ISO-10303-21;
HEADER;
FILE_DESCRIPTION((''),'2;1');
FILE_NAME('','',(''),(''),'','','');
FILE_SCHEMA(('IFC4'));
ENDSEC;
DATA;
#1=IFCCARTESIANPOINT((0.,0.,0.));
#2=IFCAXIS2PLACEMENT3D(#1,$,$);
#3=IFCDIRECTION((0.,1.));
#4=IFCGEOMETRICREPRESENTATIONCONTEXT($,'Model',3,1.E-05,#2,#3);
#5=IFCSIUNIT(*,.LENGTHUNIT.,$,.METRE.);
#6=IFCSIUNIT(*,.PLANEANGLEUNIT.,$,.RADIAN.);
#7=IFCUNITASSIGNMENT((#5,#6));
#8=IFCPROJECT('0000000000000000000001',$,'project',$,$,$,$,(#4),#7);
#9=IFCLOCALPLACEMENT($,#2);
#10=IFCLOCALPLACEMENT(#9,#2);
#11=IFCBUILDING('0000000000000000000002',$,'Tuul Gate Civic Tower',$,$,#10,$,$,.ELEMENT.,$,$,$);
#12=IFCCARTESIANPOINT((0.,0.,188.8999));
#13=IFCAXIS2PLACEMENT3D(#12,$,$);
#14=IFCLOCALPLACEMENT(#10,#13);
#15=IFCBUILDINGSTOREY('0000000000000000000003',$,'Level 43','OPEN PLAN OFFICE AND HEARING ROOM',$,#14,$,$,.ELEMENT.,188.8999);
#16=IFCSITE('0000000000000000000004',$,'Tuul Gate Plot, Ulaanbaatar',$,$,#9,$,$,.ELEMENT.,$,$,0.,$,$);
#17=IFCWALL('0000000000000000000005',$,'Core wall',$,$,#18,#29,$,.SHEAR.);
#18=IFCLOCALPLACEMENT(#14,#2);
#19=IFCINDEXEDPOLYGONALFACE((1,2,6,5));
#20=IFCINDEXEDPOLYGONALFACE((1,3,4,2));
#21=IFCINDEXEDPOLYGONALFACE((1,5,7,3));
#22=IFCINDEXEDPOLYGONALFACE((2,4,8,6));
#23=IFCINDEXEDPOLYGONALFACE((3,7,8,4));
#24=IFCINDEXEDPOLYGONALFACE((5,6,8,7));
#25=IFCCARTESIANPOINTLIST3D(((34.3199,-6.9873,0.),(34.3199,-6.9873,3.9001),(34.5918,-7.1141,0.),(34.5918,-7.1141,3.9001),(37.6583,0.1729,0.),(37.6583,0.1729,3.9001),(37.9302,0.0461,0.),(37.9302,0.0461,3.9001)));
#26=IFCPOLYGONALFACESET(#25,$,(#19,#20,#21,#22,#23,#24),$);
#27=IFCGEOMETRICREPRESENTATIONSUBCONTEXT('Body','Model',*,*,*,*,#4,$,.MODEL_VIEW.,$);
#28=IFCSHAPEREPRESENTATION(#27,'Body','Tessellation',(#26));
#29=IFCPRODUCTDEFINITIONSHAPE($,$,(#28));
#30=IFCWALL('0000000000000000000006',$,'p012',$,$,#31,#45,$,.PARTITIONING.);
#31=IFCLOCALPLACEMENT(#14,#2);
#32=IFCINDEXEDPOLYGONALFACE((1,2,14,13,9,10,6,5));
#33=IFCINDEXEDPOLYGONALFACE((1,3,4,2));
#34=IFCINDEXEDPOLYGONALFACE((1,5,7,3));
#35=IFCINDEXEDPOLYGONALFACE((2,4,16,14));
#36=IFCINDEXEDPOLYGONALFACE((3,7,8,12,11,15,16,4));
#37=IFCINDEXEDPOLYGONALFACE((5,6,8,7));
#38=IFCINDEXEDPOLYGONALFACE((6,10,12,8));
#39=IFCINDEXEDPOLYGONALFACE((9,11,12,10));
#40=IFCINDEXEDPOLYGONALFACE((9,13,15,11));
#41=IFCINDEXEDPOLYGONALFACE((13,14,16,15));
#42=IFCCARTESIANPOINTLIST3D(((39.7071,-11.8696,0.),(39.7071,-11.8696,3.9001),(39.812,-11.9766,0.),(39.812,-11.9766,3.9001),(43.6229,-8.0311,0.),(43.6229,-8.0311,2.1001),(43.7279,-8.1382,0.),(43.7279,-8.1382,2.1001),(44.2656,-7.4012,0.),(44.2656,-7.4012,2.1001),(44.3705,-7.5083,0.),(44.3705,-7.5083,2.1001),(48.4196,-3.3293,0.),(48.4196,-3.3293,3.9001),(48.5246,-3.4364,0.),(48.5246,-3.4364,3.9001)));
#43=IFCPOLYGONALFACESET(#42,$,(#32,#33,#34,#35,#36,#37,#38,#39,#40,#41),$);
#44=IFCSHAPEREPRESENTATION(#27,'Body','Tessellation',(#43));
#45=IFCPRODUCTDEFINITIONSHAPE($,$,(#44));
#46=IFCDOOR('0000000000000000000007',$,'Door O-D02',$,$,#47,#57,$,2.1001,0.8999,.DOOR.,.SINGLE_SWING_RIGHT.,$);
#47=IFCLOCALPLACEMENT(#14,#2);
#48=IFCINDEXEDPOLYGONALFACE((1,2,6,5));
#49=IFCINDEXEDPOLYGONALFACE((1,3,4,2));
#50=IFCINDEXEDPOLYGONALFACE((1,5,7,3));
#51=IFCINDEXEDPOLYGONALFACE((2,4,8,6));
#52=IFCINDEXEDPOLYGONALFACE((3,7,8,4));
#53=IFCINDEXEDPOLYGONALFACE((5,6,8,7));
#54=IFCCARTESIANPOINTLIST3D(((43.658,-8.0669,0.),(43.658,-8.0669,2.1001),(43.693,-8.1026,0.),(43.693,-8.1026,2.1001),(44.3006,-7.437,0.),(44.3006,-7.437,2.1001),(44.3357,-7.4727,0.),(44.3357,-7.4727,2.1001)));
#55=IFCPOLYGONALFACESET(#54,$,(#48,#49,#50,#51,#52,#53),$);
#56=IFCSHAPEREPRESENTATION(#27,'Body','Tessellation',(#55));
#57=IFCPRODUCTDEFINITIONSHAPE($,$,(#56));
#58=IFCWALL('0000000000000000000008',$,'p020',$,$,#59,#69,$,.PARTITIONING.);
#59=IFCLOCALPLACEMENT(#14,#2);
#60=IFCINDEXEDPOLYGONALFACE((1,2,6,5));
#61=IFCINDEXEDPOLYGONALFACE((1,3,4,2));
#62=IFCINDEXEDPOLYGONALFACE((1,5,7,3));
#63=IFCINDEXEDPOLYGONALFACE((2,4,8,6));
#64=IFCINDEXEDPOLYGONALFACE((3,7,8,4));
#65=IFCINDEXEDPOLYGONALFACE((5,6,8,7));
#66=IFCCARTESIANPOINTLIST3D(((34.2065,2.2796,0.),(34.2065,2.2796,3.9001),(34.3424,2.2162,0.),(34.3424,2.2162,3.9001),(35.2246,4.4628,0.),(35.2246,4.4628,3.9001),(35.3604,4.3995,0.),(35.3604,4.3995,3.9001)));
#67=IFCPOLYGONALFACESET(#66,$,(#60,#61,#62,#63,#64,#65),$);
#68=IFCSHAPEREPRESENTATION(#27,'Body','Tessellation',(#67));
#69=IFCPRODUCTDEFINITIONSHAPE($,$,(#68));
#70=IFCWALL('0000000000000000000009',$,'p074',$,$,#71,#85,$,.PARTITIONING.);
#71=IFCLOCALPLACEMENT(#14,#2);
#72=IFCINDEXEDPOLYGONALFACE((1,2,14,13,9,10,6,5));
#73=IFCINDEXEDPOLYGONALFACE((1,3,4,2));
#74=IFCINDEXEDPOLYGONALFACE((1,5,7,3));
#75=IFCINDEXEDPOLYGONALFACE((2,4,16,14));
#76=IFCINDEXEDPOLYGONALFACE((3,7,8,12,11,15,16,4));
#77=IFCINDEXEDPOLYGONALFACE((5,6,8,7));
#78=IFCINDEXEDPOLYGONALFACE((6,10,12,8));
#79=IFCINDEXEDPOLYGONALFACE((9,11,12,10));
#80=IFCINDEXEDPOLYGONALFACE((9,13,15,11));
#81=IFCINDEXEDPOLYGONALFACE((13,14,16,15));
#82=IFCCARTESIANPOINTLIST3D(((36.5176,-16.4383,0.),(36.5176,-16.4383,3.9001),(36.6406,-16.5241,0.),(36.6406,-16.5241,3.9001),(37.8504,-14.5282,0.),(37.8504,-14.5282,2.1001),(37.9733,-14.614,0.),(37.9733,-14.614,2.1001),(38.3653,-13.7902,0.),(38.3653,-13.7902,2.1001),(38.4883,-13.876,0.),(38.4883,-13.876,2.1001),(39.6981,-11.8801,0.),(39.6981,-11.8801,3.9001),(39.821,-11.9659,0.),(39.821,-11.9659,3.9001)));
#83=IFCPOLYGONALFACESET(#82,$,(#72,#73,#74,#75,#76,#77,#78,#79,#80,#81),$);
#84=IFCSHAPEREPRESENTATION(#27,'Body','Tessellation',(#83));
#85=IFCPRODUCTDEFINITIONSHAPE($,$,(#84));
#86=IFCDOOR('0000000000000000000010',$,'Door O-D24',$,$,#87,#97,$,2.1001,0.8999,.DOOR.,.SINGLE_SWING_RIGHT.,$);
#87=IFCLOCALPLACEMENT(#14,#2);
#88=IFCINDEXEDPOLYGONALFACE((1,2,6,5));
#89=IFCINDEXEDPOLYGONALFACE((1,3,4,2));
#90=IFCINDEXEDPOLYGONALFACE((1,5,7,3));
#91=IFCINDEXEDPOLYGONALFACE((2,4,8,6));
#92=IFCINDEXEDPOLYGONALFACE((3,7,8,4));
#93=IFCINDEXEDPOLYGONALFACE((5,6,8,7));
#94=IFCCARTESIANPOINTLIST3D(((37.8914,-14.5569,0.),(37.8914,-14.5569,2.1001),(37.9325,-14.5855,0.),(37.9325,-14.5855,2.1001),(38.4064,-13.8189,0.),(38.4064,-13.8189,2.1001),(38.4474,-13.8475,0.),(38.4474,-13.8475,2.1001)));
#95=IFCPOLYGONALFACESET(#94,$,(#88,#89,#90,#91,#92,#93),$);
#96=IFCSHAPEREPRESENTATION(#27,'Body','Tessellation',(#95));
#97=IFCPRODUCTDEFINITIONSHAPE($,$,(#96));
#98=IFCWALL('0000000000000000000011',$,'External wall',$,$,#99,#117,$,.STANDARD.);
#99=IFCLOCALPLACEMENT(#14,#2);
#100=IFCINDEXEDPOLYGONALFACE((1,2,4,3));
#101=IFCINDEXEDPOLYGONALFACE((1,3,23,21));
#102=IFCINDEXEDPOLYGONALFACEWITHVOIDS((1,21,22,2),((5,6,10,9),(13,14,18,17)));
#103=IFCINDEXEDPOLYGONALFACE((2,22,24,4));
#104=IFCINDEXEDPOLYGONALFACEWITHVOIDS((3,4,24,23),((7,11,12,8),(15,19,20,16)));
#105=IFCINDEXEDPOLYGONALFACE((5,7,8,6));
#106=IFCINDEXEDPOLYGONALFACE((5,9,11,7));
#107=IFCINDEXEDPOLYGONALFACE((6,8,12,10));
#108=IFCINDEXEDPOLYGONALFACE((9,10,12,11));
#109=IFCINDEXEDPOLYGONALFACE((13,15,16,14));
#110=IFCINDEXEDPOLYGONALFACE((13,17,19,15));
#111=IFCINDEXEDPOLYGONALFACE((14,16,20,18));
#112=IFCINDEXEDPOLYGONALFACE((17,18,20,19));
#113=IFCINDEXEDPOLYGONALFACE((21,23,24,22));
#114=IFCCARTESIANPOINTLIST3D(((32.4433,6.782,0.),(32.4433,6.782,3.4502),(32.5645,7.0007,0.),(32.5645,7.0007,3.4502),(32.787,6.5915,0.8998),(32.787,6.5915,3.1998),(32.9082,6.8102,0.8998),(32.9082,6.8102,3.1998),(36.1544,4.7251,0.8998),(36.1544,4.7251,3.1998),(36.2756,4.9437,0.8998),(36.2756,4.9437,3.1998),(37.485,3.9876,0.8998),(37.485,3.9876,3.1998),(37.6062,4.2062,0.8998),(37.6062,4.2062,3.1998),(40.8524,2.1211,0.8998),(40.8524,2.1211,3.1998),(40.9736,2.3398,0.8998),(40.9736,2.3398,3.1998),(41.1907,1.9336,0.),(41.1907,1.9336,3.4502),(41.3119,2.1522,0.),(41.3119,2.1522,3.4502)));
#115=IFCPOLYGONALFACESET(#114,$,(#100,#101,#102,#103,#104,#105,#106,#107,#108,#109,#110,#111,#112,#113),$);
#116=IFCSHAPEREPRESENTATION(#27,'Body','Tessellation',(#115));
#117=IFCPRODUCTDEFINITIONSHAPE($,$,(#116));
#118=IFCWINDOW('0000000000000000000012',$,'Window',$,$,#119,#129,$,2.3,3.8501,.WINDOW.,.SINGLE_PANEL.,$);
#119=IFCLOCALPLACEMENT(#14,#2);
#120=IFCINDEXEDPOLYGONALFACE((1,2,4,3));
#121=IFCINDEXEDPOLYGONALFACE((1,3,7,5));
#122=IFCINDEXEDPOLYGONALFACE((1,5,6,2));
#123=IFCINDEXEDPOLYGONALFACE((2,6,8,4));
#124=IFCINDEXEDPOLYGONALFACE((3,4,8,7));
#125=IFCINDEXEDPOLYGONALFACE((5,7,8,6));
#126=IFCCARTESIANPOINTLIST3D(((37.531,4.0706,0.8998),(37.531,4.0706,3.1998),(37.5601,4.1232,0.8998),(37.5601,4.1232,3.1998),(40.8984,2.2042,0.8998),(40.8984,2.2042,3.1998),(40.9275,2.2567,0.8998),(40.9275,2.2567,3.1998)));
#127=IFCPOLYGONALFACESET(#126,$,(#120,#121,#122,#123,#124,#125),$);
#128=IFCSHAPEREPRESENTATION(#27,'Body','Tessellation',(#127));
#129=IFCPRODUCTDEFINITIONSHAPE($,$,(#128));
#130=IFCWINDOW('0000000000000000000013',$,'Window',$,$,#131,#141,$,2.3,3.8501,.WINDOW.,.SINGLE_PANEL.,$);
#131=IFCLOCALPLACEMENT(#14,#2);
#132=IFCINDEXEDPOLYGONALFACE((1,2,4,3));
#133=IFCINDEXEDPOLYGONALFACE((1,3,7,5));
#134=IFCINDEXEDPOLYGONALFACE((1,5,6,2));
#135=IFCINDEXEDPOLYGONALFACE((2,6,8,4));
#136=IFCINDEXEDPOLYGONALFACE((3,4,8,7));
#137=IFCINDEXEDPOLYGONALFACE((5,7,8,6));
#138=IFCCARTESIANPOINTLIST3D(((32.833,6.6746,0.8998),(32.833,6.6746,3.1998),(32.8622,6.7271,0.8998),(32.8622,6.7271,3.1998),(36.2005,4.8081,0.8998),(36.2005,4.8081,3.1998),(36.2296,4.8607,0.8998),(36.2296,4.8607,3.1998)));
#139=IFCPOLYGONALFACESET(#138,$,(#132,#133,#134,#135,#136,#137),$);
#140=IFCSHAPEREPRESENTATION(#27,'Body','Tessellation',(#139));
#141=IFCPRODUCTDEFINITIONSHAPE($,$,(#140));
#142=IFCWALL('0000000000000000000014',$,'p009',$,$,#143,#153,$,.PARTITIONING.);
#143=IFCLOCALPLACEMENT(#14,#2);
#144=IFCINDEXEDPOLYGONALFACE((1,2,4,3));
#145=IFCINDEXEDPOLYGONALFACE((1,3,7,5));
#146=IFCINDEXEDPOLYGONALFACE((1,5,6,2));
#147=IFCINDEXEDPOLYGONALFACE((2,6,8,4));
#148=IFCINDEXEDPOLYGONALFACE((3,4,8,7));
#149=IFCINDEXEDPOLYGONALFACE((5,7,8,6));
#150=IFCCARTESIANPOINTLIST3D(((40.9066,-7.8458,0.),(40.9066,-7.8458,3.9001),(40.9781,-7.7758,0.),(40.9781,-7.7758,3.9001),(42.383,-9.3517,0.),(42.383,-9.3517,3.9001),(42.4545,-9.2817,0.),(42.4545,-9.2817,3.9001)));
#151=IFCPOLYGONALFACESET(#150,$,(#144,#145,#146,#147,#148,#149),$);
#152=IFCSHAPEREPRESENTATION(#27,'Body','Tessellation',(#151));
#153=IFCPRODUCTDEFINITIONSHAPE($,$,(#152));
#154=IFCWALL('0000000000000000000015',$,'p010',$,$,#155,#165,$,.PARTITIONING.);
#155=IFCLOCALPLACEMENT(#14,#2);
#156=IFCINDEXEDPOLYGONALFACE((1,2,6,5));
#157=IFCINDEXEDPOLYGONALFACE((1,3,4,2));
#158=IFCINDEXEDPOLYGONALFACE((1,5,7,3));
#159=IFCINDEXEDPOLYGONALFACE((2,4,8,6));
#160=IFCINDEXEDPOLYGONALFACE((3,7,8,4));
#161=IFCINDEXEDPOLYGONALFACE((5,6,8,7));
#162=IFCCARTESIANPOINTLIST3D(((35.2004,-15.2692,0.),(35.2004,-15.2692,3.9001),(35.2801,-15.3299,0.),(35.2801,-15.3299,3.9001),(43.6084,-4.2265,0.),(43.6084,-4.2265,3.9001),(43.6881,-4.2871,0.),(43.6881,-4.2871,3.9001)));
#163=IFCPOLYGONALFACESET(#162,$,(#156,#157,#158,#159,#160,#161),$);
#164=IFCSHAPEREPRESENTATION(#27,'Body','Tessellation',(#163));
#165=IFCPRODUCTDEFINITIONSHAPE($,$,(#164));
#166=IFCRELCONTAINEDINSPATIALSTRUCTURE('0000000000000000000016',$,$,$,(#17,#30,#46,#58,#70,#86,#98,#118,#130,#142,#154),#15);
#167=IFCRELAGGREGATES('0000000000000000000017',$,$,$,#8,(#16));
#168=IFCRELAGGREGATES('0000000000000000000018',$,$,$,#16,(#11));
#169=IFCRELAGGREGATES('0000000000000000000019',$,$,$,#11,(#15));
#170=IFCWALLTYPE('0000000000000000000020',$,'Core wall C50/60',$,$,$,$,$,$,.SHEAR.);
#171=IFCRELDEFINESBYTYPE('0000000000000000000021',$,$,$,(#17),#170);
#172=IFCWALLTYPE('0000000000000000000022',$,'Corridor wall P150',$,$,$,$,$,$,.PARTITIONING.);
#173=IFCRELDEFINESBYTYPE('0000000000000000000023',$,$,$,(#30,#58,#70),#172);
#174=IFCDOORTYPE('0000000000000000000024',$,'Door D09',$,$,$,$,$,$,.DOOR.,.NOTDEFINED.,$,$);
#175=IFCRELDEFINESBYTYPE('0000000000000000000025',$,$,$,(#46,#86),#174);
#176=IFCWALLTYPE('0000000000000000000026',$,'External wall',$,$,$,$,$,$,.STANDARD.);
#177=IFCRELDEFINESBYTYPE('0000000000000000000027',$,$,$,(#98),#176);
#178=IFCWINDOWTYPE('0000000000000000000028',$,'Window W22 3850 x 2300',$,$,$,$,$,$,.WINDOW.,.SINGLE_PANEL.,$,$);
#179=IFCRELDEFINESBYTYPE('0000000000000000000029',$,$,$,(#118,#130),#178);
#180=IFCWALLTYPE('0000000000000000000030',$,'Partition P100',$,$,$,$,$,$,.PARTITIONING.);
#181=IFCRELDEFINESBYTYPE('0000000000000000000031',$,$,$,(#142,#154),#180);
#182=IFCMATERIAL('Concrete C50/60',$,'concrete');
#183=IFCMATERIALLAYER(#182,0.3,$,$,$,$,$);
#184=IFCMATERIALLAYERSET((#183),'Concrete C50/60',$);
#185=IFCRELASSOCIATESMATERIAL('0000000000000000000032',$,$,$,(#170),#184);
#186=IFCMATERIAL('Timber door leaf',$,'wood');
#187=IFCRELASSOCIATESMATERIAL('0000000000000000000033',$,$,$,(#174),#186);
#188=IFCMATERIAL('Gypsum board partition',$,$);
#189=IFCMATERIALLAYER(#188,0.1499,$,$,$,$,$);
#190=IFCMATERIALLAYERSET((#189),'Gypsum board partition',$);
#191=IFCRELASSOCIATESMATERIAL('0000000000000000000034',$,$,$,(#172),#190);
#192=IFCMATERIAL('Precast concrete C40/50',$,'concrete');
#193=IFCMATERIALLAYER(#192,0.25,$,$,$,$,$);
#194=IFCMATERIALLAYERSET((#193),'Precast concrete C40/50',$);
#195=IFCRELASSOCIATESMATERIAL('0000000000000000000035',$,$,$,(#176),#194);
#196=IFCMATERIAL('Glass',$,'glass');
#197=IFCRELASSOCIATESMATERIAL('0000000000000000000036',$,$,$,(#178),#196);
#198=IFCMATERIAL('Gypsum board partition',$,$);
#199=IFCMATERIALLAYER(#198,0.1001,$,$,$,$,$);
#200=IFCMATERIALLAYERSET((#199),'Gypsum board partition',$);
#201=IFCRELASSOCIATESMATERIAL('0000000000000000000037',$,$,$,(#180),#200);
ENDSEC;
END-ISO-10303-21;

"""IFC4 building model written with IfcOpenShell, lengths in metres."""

from ifc_helpers import new_model, si_unit, direction, frame, frame_2d, origin, place, context, subcontext, project, spatial, rectangle, extrude, material, layer, layer_set, type_object, element, fill, save


model = new_model("IFC4")

# Units and contexts
model_context = context("Model", 3, precision=1e-05, world=origin(), true_north=direction((0.0, 1.0)))
body_context = subcontext(model_context, "Body", "Model", "MODEL_VIEW")
ifc_project = project(units=[si_unit("LENGTHUNIT", "METRE"), si_unit("PLANEANGLEUNIT", "RADIAN")], contexts=[model_context])

# Site, building, storey
site_placement = place(None, origin())
site = spatial("IfcSite", under=ifc_project, at=site_placement, Name="Tuul Gate Plot, Ulaanbaatar", CompositionType="ELEMENT", RefElevation=0.0)
building_placement = place(site_placement, origin())
building = spatial("IfcBuilding", under=site, at=building_placement, Name="Tuul Gate Civic Tower", CompositionType="ELEMENT")
storey_placement = place(building_placement, frame((0.0, 0.0, 188.8999)))
storey = spatial("IfcBuildingStorey", under=building, at=storey_placement, Name="Level 43", Description="OPEN PLAN OFFICE AND HEARING ROOM", CompositionType="ELEMENT", Elevation=188.8999)

# Shared definitions
ifc_material_1 = material(Name="Concrete C50/60", Category="concrete")
ifc_layer_1 = layer(ifc_material_1, 0.3)
ifc_layer_set_1 = layer_set([ifc_layer_1], Name="Concrete C50/60")
wall_type_1 = type_object("IfcWallType", Name="Core wall C50/60", PredefinedType="SHEAR", material=ifc_layer_set_1)

# Shared definitions
ifc_material_2 = material(Name="Timber door leaf", Category="wood")
door_type_1 = type_object("IfcDoorType", Name="Door D09", OperationType="NOTDEFINED", PredefinedType="DOOR", material=ifc_material_2)

# Wall
wall_1_placement = place(storey_placement, frame((34.4558, -7.0508, 0.0), z_axis=(0.0, 0.0, 1.0), x_axis=(0.422571, 0.90633, 0.0)))
element("IfcWall", 1, at=wall_1_placement, inside=storey, type_object=wall_type_1, Name="Core wall", PredefinedType="SHEAR", context=body_context, shape_type="SweptSolid", body=[
    extrude(rectangle(XDim=7.9001, YDim=0.3, at=frame_2d((3.9502, 0.0))), origin(), (0.0, 0.0, 1.0), 3.9001),
])

# Wall, opening, door
ifc_material_3 = material(Name="Gypsum board partition")
ifc_layer_2 = layer(ifc_material_3, 0.1499)
ifc_layer_set_2 = layer_set([ifc_layer_2], Name="Gypsum board partition")
wall_type_2 = type_object("IfcWallType", Name="Corridor wall P150", PredefinedType="PARTITIONING", material=ifc_layer_set_2)
wall_2_placement = place(storey_placement, frame((39.7595, -11.9231, 0.0), z_axis=(0.0, 0.0, 1.0), x_axis=(0.714135, 0.700008, 0.0)))
wall_2 = element("IfcWall", 2, at=wall_2_placement, inside=storey, type_object=wall_type_2, Name="p012", PredefinedType="PARTITIONING", context=body_context, shape_type="SweptSolid", body=[
    extrude(rectangle(XDim=12.2002, YDim=0.1499, at=frame_2d((6.1001, 0.0))), origin(), (0.0, 0.0, 1.0), 3.9001),
])
opening_1_placement = place(wall_2_placement, frame((5.4834, 0.0, 0.0)))
opening_1 = element("IfcOpeningElement", 3, at=opening_1_placement, cuts=wall_2, PredefinedType="OPENING", context=body_context, shape_type="SweptSolid", body=[
    extrude(rectangle(XDim=0.8999, YDim=2.1001, at=frame_2d((0.45, 1.05))), frame((0.0, 0.085, 0.0), z_axis=(0.0, -1.0, 0.0), x_axis=(1.0, 0.0, 0.0)), (0.0, 0.0, 1.0), 0.1699),
])
door_1_placement = place(opening_1_placement, origin())
door_1 = element("IfcDoor", 4, at=door_1_placement, inside=storey, type_object=door_type_1, Name="Door O-D02", OperationType="SINGLE_SWING_RIGHT", OverallHeight=2.1001, OverallWidth=0.8999, PredefinedType="DOOR", context=body_context, shape_type="SweptSolid", body=[
    extrude(rectangle(XDim=0.8999, YDim=2.1001, at=frame_2d((0.45, 1.05))), frame((0.0, 0.0249, 0.0), z_axis=(0.0, -1.0, 0.0), x_axis=(1.0, 0.0, 0.0)), (0.0, 0.0, 1.0), 0.05),
])
fill(opening_1, door_1)

# Wall
wall_3_placement = place(storey_placement, frame((34.2744, 2.2478, 0.0), z_axis=(0.0, 0.0, 1.0), x_axis=(0.422602, 0.906315, 0.0)))
element("IfcWall", 5, at=wall_3_placement, inside=storey, type_object=wall_type_2, Name="p020", PredefinedType="PARTITIONING", context=body_context, shape_type="SweptSolid", body=[
    extrude(rectangle(XDim=2.4089, YDim=0.1499, at=frame_2d((1.2046, 0.0))), origin(), (0.0, 0.0, 1.0), 3.9001),
])

# Wall, opening, door
wall_4_placement = place(storey_placement, frame((36.5791, -16.4812, 0.0), z_axis=(0.0, 0.0, 1.0), x_axis=(0.572224, 0.820098, 0.0)))
wall_4 = element("IfcWall", 6, at=wall_4_placement, inside=storey, type_object=wall_type_2, Name="p074", PredefinedType="PARTITIONING", context=body_context, shape_type="SweptSolid", body=[
    extrude(rectangle(XDim=5.5581, YDim=0.1499, at=frame_2d((2.7791, 0.0))), origin(), (0.0, 0.0, 1.0), 3.9001),
])
opening_2_placement = place(wall_4_placement, frame((2.3291, 0.0, 0.0)))
opening_2 = element("IfcOpeningElement", 7, at=opening_2_placement, cuts=wall_4, PredefinedType="OPENING", context=body_context, shape_type="SweptSolid", body=[
    extrude(rectangle(XDim=0.8999, YDim=2.1001, at=frame_2d((0.45, 1.05))), frame((0.0, 0.085, 0.0), z_axis=(0.0, -1.0, 0.0), x_axis=(1.0, 0.0, 0.0)), (0.0, 0.0, 1.0), 0.1699),
])
door_2_placement = place(opening_2_placement, origin())
door_2 = element("IfcDoor", 8, at=door_2_placement, inside=storey, type_object=door_type_1, Name="Door O-D24", OperationType="SINGLE_SWING_RIGHT", OverallHeight=2.1001, OverallWidth=0.8999, PredefinedType="DOOR", context=body_context, shape_type="SweptSolid", body=[
    extrude(rectangle(XDim=0.8999, YDim=2.1001, at=frame_2d((0.45, 1.05))), frame((0.0, 0.0249, 0.0), z_axis=(0.0, -1.0, 0.0), x_axis=(1.0, 0.0, 0.0)), (0.0, 0.0, 1.0), 0.05),
])
fill(opening_2, door_2)

# Wall, openings, windows
ifc_material_4 = material(Name="Precast concrete C40/50", Category="concrete")
ifc_layer_3 = layer(ifc_material_4, 0.25)
ifc_layer_set_3 = layer_set([ifc_layer_3], Name="Precast concrete C40/50")
wall_type_3 = type_object("IfcWallType", Name="External wall", PredefinedType="STANDARD", material=ifc_layer_set_3)
wall_5_placement = place(storey_placement, frame((41.2512, 2.043, 0.0), z_axis=(0.0, 0.0, 1.0), x_axis=(-0.874634, 0.484785, 0.0)))
wall_5 = element("IfcWall", 9, at=wall_5_placement, inside=storey, type_object=wall_type_3, Name="External wall", PredefinedType="STANDARD", context=body_context, shape_type="SweptSolid", body=[
    extrude(rectangle(XDim=10.0012, YDim=0.25, at=frame_2d((5.0005, 0.0))), origin(), (0.0, 0.0, 1.0), 3.4502),
])
opening_3_placement = place(wall_5_placement, frame((0.3867, 0.0, 0.8999)))
opening_3 = element("IfcOpeningElement", 10, at=opening_3_placement, cuts=wall_5, PredefinedType="OPENING", context=body_context, shape_type="SweptSolid", body=[
    extrude(rectangle(XDim=3.8501, YDim=2.3, at=frame_2d((1.925, 1.1499))), frame((0.0, 0.135, 0.0), z_axis=(0.0, -1.0, 0.0), x_axis=(1.0, 0.0, 0.0)), (0.0, 0.0, 1.0), 0.27),
])
opening_4_placement = place(wall_5_placement, frame((5.7581, 0.0, 0.8999)))
opening_4 = element("IfcOpeningElement", 11, at=opening_4_placement, cuts=wall_5, PredefinedType="OPENING", context=body_context, shape_type="SweptSolid", body=[
    extrude(rectangle(XDim=3.8501, YDim=2.3, at=frame_2d((1.925, 1.1499))), frame((0.0, 0.135, 0.0), z_axis=(0.0, -1.0, 0.0), x_axis=(1.0, 0.0, 0.0)), (0.0, 0.0, 1.0), 0.27),
])
ifc_material_5 = material(Name="Glass", Category="glass")
window_type = type_object("IfcWindowType", Name="Window W22 3850 x 2300", PartitioningType="SINGLE_PANEL", PredefinedType="WINDOW", material=ifc_material_5)
window_1_placement = place(opening_3_placement, origin())
window_1 = element("IfcWindow", 12, at=window_1_placement, inside=storey, type_object=window_type, Name="Window", OverallHeight=2.3, OverallWidth=3.8501, PartitioningType="SINGLE_PANEL", PredefinedType="WINDOW", context=body_context, shape_type="SweptSolid", body=[
    extrude(rectangle(XDim=3.8501, YDim=2.3, at=frame_2d((1.925, 1.1499))), frame((0.0, 0.03, 0.0), z_axis=(0.0, -1.0, 0.0), x_axis=(1.0, 0.0, 0.0)), (0.0, 0.0, 1.0), 0.0601),
])
fill(opening_3, window_1)
window_2_placement = place(opening_4_placement, origin())
window_2 = element("IfcWindow", 13, at=window_2_placement, inside=storey, type_object=window_type, Name="Window", OverallHeight=2.3, OverallWidth=3.8501, PartitioningType="SINGLE_PANEL", PredefinedType="WINDOW", context=body_context, shape_type="SweptSolid", body=[
    extrude(rectangle(XDim=3.8501, YDim=2.3, at=frame_2d((1.925, 1.1499))), frame((0.0, 0.03, 0.0), z_axis=(0.0, -1.0, 0.0), x_axis=(1.0, 0.0, 0.0)), (0.0, 0.0, 1.0), 0.0601),
])
fill(opening_4, window_2)

# Walls
ifc_material_6 = material(Name="Gypsum board partition")
ifc_layer_4 = layer(ifc_material_6, 0.1001)
ifc_layer_set_4 = layer_set([ifc_layer_4], Name="Gypsum board partition")
wall_type_4 = type_object("IfcWallType", Name="Partition P100", PredefinedType="PARTITIONING", material=ifc_layer_set_4)
wall_6_placement = place(storey_placement, frame((40.9424, -7.8108, 0.0), z_axis=(0.0, 0.0, 1.0), x_axis=(0.700068, -0.714076, 0.0)))
element("IfcWall", 14, at=wall_6_placement, inside=storey, type_object=wall_type_4, Name="p009", PredefinedType="PARTITIONING", context=body_context, shape_type="SweptSolid", body=[
    extrude(rectangle(XDim=2.1089, YDim=0.1001, at=frame_2d((1.0544, 0.0))), origin(), (0.0, 0.0, 1.0), 3.9001),
])
wall_7_placement = place(storey_placement, frame((35.2402, -15.2996, 0.0), z_axis=(0.0, 0.0, 1.0), x_axis=(0.60579, 0.795624, 0.0)))
element("IfcWall", 15, at=wall_7_placement, inside=storey, type_object=wall_type_4, Name="p010", PredefinedType="PARTITIONING", context=body_context, shape_type="SweptSolid", body=[
    extrude(rectangle(XDim=13.8794, YDim=0.1001, at=frame_2d((6.9397, 0.0))), origin(), (0.0, 0.0, 1.0), 3.9001),
])

save(model, "model.ifc")
